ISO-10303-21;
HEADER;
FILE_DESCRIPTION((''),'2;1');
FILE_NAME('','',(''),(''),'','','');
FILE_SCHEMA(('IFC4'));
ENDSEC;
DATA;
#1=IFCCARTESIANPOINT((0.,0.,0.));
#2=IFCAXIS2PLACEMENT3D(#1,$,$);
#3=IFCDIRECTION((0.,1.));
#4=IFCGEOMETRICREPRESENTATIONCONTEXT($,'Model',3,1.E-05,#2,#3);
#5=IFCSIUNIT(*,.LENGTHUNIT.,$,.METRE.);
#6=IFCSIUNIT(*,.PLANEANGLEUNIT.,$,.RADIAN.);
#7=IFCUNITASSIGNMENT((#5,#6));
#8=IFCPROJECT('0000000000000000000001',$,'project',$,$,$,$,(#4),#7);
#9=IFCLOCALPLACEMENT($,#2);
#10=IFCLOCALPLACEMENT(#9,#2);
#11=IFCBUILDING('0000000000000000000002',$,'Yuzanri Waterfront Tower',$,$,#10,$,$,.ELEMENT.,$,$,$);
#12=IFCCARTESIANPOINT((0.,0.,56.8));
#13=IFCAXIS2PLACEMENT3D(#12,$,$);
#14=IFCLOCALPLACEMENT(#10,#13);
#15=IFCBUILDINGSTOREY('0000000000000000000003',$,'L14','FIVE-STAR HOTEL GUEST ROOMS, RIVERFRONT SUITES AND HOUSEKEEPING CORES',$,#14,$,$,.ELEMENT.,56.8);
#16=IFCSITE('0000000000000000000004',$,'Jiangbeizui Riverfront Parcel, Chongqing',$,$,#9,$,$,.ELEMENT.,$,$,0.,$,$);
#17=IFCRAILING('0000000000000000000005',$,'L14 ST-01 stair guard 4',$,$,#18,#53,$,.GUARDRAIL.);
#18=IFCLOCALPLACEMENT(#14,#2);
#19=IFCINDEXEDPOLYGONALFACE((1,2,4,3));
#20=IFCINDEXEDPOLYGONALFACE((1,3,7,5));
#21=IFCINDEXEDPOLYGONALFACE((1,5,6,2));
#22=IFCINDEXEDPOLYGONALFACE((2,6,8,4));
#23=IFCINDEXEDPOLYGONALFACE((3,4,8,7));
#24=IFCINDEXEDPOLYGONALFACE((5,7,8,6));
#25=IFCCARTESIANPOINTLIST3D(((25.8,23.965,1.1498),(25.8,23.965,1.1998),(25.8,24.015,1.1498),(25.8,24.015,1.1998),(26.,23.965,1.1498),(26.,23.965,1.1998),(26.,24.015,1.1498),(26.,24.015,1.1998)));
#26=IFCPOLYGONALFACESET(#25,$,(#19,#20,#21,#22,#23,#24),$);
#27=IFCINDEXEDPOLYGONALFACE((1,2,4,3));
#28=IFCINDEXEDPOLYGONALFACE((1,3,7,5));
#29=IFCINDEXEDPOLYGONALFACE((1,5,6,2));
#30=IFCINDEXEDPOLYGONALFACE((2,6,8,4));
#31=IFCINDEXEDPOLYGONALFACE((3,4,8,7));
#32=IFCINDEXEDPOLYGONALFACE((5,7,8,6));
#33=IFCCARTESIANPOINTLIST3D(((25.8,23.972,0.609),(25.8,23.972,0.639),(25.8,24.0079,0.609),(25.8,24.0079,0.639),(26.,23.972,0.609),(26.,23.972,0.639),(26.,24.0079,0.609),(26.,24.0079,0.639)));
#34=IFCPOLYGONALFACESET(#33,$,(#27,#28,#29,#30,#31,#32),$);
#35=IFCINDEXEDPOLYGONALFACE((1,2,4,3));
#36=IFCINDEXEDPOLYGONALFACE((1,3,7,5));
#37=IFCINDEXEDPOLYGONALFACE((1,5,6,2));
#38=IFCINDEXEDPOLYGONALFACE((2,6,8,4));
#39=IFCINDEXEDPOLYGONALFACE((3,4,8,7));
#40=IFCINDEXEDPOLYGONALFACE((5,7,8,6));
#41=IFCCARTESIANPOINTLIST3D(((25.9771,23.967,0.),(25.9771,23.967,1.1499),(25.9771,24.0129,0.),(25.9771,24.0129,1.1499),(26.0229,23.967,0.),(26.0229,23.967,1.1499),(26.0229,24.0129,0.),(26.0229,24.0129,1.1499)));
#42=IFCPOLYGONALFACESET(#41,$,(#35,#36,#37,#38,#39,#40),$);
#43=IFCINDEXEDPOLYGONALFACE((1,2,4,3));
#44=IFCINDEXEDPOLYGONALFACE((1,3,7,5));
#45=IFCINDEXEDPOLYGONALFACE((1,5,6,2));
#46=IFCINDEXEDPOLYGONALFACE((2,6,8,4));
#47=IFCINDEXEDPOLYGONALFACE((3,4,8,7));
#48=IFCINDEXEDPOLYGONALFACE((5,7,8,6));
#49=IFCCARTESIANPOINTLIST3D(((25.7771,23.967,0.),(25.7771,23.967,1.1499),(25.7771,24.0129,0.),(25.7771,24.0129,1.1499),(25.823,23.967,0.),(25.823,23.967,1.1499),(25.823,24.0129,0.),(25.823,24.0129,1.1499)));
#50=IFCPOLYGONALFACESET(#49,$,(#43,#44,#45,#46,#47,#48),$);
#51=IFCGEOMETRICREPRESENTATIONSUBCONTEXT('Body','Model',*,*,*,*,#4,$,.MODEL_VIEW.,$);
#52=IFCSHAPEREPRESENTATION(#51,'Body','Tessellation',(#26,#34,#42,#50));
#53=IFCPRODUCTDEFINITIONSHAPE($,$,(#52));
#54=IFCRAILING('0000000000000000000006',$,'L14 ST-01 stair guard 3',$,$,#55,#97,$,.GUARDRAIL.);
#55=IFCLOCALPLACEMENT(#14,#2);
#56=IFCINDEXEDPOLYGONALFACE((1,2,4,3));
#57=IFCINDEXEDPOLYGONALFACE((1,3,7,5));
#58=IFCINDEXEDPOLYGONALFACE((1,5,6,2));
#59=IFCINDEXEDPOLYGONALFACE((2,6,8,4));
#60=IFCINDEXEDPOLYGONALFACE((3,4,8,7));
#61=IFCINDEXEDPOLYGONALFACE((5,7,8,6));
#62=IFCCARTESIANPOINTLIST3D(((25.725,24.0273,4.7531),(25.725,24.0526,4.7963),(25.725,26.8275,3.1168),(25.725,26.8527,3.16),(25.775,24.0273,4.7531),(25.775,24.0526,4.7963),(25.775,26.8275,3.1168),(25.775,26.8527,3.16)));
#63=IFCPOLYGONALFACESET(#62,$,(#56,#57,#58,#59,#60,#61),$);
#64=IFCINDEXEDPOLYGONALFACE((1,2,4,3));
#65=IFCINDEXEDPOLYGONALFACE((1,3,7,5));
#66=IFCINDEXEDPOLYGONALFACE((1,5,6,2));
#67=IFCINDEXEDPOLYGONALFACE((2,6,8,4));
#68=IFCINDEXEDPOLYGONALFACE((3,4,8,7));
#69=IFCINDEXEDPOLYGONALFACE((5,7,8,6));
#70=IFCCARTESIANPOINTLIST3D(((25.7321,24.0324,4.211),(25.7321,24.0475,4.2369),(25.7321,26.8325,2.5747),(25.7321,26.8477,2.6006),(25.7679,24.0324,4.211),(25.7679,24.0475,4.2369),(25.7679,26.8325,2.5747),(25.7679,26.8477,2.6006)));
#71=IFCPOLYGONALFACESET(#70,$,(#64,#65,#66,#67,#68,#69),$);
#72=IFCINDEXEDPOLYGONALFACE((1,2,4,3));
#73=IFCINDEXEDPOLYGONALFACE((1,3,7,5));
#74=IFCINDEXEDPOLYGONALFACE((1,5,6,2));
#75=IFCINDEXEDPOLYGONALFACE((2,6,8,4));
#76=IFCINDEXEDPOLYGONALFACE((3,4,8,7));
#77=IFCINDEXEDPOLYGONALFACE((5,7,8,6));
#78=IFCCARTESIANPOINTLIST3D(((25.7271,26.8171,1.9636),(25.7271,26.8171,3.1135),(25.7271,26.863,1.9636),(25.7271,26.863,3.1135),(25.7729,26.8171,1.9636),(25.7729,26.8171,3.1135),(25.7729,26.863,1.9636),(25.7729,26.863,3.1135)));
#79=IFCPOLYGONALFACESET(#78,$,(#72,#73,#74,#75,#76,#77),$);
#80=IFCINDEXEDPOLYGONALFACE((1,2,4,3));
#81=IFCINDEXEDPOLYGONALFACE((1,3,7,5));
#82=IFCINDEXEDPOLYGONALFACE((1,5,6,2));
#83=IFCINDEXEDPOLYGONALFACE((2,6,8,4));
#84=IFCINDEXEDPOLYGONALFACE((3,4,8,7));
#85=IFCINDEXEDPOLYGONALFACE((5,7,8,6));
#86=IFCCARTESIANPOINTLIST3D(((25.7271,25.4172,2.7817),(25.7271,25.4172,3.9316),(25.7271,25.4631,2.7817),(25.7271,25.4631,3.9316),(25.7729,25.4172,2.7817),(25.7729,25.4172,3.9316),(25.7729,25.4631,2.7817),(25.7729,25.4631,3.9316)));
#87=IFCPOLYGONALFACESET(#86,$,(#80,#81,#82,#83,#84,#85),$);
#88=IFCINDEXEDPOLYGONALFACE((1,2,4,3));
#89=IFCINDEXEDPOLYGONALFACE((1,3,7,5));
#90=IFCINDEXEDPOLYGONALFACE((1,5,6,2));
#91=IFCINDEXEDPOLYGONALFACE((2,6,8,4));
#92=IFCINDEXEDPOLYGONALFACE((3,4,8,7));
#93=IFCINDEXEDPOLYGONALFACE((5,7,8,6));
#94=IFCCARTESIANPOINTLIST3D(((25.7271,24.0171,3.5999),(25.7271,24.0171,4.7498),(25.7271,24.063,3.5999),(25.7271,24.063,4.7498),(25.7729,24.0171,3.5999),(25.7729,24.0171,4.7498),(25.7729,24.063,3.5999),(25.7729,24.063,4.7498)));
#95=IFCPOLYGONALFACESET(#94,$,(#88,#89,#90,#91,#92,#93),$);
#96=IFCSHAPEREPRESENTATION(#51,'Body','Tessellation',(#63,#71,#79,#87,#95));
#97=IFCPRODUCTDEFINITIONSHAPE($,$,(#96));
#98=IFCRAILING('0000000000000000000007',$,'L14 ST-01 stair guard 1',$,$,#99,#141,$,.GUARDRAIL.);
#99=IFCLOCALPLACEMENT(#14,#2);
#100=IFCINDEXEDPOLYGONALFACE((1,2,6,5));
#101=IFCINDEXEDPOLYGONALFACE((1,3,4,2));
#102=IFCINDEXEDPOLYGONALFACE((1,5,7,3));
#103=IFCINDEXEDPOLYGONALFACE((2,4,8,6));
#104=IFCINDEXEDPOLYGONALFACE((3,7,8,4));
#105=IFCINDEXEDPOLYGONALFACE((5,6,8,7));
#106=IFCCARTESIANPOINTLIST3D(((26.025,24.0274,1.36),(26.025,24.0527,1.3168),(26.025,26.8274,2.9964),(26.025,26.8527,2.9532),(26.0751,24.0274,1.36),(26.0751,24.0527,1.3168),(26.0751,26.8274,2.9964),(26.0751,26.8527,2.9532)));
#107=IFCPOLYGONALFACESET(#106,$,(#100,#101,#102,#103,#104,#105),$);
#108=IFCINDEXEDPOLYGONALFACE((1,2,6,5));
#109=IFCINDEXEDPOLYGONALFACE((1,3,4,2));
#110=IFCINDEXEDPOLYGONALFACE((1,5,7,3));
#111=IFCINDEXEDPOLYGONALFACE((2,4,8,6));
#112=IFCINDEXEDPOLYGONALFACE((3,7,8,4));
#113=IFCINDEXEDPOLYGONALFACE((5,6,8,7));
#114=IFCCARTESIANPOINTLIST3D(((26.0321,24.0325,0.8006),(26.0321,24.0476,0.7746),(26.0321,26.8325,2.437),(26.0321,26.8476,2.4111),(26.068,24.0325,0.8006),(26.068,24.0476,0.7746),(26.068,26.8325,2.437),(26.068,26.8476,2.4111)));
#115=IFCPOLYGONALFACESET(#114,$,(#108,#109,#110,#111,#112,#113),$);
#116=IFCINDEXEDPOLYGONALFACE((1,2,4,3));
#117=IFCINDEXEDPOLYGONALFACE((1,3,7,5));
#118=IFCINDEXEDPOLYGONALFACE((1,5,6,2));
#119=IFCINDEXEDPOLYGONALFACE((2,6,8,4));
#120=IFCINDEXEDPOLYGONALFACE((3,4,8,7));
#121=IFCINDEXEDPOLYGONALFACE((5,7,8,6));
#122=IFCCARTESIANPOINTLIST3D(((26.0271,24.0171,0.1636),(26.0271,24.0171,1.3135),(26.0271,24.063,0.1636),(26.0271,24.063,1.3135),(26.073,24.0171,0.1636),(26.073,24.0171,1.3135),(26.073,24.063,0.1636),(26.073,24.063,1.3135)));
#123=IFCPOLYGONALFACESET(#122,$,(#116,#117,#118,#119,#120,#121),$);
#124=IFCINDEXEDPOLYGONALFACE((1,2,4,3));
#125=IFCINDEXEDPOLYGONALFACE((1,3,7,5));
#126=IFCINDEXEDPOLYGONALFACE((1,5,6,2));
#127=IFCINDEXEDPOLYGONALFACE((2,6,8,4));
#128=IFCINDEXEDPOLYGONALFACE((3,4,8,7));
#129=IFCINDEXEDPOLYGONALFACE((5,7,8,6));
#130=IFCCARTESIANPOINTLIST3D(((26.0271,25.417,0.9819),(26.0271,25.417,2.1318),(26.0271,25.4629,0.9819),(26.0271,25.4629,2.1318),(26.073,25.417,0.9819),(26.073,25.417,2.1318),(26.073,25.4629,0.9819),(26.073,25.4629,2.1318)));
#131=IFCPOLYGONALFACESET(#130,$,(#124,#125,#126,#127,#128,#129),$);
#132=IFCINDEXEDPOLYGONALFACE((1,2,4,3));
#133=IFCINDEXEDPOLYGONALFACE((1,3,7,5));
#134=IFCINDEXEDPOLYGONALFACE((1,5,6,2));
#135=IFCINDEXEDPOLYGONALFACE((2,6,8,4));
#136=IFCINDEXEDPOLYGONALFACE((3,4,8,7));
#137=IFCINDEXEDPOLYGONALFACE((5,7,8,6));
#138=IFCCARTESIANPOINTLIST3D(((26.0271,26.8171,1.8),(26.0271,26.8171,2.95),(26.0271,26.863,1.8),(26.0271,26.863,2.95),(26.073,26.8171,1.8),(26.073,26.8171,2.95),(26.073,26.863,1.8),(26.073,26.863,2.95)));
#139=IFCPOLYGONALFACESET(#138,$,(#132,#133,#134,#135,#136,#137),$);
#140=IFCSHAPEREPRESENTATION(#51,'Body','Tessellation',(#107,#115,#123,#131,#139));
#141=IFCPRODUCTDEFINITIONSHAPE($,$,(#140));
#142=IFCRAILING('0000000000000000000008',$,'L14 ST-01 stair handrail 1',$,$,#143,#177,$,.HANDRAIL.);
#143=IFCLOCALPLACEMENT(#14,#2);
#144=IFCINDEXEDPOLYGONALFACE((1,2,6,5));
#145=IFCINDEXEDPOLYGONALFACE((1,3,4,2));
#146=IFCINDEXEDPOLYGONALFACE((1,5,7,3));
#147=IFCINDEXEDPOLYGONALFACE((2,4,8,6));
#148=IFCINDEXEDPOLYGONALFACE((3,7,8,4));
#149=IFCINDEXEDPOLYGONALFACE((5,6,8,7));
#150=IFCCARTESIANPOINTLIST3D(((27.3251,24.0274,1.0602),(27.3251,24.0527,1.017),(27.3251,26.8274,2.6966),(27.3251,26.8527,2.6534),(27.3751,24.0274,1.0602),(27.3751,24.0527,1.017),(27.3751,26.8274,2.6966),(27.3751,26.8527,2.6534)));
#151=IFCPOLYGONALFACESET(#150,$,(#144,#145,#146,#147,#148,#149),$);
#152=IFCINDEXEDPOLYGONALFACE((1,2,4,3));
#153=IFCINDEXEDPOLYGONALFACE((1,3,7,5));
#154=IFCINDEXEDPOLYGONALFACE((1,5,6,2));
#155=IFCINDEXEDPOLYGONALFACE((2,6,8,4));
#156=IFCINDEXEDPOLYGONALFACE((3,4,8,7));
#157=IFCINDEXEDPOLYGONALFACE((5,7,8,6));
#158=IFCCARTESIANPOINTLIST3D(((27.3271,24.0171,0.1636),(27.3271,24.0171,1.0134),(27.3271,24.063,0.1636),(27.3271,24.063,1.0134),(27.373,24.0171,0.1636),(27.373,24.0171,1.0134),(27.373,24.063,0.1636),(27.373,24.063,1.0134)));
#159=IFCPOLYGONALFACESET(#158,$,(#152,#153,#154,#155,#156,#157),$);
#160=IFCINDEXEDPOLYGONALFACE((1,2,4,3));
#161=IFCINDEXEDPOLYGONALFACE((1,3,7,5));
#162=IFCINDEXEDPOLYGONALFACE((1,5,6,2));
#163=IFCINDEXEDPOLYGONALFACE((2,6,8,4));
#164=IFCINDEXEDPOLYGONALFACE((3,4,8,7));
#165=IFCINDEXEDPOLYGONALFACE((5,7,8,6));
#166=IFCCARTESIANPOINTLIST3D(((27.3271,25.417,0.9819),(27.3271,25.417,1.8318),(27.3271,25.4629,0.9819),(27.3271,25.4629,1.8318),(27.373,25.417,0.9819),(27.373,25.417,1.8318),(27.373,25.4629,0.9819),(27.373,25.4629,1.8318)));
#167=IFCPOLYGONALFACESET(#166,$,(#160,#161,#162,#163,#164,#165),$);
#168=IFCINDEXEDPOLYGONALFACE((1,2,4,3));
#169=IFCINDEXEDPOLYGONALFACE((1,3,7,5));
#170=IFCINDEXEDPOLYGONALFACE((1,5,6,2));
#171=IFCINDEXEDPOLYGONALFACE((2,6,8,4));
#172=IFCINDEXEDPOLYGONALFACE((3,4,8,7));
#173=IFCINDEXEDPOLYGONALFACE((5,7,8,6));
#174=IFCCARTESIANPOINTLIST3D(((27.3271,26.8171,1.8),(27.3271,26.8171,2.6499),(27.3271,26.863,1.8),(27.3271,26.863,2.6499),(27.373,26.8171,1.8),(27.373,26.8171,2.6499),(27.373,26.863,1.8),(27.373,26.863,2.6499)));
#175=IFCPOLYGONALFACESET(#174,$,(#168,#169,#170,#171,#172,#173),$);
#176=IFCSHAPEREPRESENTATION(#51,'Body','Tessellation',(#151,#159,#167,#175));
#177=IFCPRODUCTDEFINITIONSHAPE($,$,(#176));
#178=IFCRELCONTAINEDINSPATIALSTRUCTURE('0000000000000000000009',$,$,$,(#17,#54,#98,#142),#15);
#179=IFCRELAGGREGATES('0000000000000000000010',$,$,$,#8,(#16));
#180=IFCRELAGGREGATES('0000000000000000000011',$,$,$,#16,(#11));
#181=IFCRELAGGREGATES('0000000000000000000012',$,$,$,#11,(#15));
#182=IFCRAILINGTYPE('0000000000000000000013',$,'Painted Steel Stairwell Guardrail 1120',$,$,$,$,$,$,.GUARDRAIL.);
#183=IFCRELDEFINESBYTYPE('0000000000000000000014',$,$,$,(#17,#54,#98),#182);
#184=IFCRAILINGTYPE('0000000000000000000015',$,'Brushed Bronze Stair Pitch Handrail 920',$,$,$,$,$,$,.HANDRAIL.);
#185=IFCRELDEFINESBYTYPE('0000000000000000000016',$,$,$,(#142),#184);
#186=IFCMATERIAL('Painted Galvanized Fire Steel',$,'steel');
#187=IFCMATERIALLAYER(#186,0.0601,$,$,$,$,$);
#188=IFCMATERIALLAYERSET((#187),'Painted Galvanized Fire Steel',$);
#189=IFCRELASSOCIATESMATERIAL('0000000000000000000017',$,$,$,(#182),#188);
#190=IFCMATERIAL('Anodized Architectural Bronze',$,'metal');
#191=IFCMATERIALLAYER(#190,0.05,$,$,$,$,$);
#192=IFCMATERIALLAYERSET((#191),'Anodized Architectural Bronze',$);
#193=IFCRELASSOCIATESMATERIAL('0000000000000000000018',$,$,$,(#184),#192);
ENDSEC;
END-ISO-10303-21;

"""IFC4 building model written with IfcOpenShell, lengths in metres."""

from ifc_helpers import new_model, si_unit, direction, frame, origin, origin_2d, place, context, subcontext, project, spatial, rectangle, extrude, source, transform, mapped, material, layer, layer_set, type_object, element, save


model = new_model("IFC4")

# Units and contexts
model_context = context("Model", 3, precision=1e-05, world=origin(), true_north=direction((0.0, 1.0)))
body_context = subcontext(model_context, "Body", "Model", "MODEL_VIEW")
ifc_project = project(units=[si_unit("LENGTHUNIT", "METRE"), si_unit("PLANEANGLEUNIT", "RADIAN")], contexts=[model_context])

# Site, building, storey
site_placement = place(None, origin())
site = spatial("IfcSite", under=ifc_project, at=site_placement, Name="Jiangbeizui Riverfront Parcel, Chongqing", CompositionType="ELEMENT", RefElevation=0.0)
building_placement = place(site_placement, origin())
building = spatial("IfcBuilding", under=site, at=building_placement, Name="Yuzanri Waterfront Tower", CompositionType="ELEMENT")
storey_placement = place(building_placement, frame((0.0, 0.0, 56.8)))
storey = spatial("IfcBuildingStorey", under=building, at=storey_placement, Name="L14", Description="FIVE-STAR HOTEL GUEST ROOMS, RIVERFRONT SUITES AND HOUSEKEEPING CORES", CompositionType="ELEMENT", Elevation=56.8)

# Railings
ifc_material_1 = material(Name="Painted Galvanized Fire Steel", Category="steel")
ifc_layer_1 = layer(ifc_material_1, 0.0601)
ifc_layer_set_1 = layer_set([ifc_layer_1], Name="Painted Galvanized Fire Steel")
railing_type_1 = type_object("IfcRailingType", Name="Painted Steel Stairwell Guardrail 1120", PredefinedType="GUARDRAIL", material=ifc_layer_set_1)
shared_shape_1 = source(origin(), body_context, "Body", "SweptSolid", [
    extrude(rectangle(XDim=0.05, YDim=0.05, at=origin_2d()), frame((0.0, 0.0, 1.1748), z_axis=(-1.0, 0.0, 0.0), x_axis=(0.0, -1.0, 0.0)), (0.0, 0.0, 1.0), 0.2),
    extrude(rectangle(XDim=0.0359, YDim=0.03, at=origin_2d()), frame((0.0, 0.0, 0.624), z_axis=(-1.0, 0.0, 0.0), x_axis=(0.0, -1.0, 0.0)), (0.0, 0.0, 1.0), 0.2),
    extrude(rectangle(XDim=0.0459, YDim=0.0459, at=origin_2d()), origin(), (0.0, 0.0, 1.0), 1.1499),
    extrude(rectangle(XDim=0.0459, YDim=0.0459, at=origin_2d()), frame((-0.2, 0.0, 0.0)), (0.0, 0.0, 1.0), 1.1499),
])
for number, where, name in (
    (1, (26.0, 23.99, 0.0), "L14 ST-01 stair guard 4"),
):
    element("IfcRailing", number, at=place(storey_placement, frame(where)), inside=storey, type_object=railing_type_1, Name=name, PredefinedType="GUARDRAIL", context=body_context, shape_type="MappedRepresentation", body=[
        mapped(shared_shape_1, transform((0.0, 0.0, 0.0), scale=1.0)),
    ])
shared_shape_2 = source(origin(), body_context, "Body", "SweptSolid", [
    extrude(rectangle(XDim=0.05, YDim=0.05, at=origin_2d()), frame((0.0, 0.0, 1.1748), z_axis=(0.0, -0.863394, 0.504531), x_axis=(1.0, 0.0, 0.0)), (0.0, 0.0, 1.0), 3.2432),
    extrude(rectangle(XDim=0.0359, YDim=0.03, at=origin_2d()), frame((0.0, 0.0, 0.624), z_axis=(0.0, -0.863394, 0.504531), x_axis=(1.0, 0.0, 0.0)), (0.0, 0.0, 1.0), 3.2432),
    extrude(rectangle(XDim=0.0459, YDim=0.0459, at=origin_2d()), origin(), (0.0, 0.0, 1.0), 1.1499),
    extrude(rectangle(XDim=0.0459, YDim=0.0459, at=origin_2d()), frame((0.0, -1.3999, 0.8181)), (0.0, 0.0, 1.0), 1.1499),
    extrude(rectangle(XDim=0.0459, YDim=0.0459, at=origin_2d()), frame((0.0, -2.8, 1.6362)), (0.0, 0.0, 1.0), 1.1499),
])
railing_1_placement = place(storey_placement, frame((25.75, 26.8401, 1.9636)))
element("IfcRailing", 2, at=railing_1_placement, inside=storey, type_object=railing_type_1, Name="L14 ST-01 stair guard 3", PredefinedType="GUARDRAIL", context=body_context, shape_type="MappedRepresentation", body=[
    mapped(shared_shape_2, transform((0.0, 0.0, 0.0), scale=1.0)),
])
shared_shape_3 = source(origin(), body_context, "Body", "SweptSolid", [
    extrude(rectangle(XDim=0.05, YDim=0.05, at=origin_2d()), frame((0.0, 0.0, 1.1748), z_axis=(0.0, 0.863361, 0.504587), x_axis=(-1.0, 0.0, 0.0)), (0.0, 0.0, 1.0), 3.2432),
    extrude(rectangle(XDim=0.0359, YDim=0.03, at=origin_2d()), frame((0.0, 0.0, 0.624), z_axis=(0.0, 0.863361, 0.504587), x_axis=(-1.0, 0.0, 0.0)), (0.0, 0.0, 1.0), 3.2432),
    extrude(rectangle(XDim=0.0459, YDim=0.0459, at=origin_2d()), origin(), (0.0, 0.0, 1.0), 1.1499),
    extrude(rectangle(XDim=0.0459, YDim=0.0459, at=origin_2d()), frame((0.0, 1.3999, 0.8184)), (0.0, 0.0, 1.0), 1.1499),
    extrude(rectangle(XDim=0.0459, YDim=0.0459, at=origin_2d()), frame((0.0, 2.8, 1.6365)), (0.0, 0.0, 1.0), 1.1499),
])
railing_2_placement = place(storey_placement, frame((26.05, 24.04, 0.1636)))
element("IfcRailing", 3, at=railing_2_placement, inside=storey, type_object=railing_type_1, Name="L14 ST-01 stair guard 1", PredefinedType="GUARDRAIL", context=body_context, shape_type="MappedRepresentation", body=[
    mapped(shared_shape_3, transform((0.0, 0.0, 0.0), scale=1.0)),
])
ifc_material_2 = material(Name="Anodized Architectural Bronze", Category="metal")
ifc_layer_2 = layer(ifc_material_2, 0.05)
ifc_layer_set_2 = layer_set([ifc_layer_2], Name="Anodized Architectural Bronze")
railing_type_2 = type_object("IfcRailingType", Name="Brushed Bronze Stair Pitch Handrail 920", PredefinedType="HANDRAIL", material=ifc_layer_set_2)
shared_shape_4 = source(origin(), body_context, "Body", "SweptSolid", [
    extrude(rectangle(XDim=0.05, YDim=0.05, at=origin_2d()), frame((0.0, 0.0, 0.875), z_axis=(0.0, 0.863361, 0.504587), x_axis=(-1.0, 0.0, 0.0)), (0.0, 0.0, 1.0), 3.2432),
    extrude(rectangle(XDim=0.0459, YDim=0.0459, at=origin_2d()), origin(), (0.0, 0.0, 1.0), 0.8499),
    extrude(rectangle(XDim=0.0459, YDim=0.0459, at=origin_2d()), frame((0.0, 1.3999, 0.8184)), (0.0, 0.0, 1.0), 0.8499),
    extrude(rectangle(XDim=0.0459, YDim=0.0459, at=origin_2d()), frame((0.0, 2.8, 1.6365)), (0.0, 0.0, 1.0), 0.8499),
])
railing_3_placement = place(storey_placement, frame((27.3501, 24.04, 0.1636)))
element("IfcRailing", 4, at=railing_3_placement, inside=storey, type_object=railing_type_2, Name="L14 ST-01 stair handrail 1", PredefinedType="HANDRAIL", context=body_context, shape_type="MappedRepresentation", body=[
    mapped(shared_shape_4, transform((0.0, 0.0, 0.0), scale=1.0)),
])

save(model, "model.ifc")
